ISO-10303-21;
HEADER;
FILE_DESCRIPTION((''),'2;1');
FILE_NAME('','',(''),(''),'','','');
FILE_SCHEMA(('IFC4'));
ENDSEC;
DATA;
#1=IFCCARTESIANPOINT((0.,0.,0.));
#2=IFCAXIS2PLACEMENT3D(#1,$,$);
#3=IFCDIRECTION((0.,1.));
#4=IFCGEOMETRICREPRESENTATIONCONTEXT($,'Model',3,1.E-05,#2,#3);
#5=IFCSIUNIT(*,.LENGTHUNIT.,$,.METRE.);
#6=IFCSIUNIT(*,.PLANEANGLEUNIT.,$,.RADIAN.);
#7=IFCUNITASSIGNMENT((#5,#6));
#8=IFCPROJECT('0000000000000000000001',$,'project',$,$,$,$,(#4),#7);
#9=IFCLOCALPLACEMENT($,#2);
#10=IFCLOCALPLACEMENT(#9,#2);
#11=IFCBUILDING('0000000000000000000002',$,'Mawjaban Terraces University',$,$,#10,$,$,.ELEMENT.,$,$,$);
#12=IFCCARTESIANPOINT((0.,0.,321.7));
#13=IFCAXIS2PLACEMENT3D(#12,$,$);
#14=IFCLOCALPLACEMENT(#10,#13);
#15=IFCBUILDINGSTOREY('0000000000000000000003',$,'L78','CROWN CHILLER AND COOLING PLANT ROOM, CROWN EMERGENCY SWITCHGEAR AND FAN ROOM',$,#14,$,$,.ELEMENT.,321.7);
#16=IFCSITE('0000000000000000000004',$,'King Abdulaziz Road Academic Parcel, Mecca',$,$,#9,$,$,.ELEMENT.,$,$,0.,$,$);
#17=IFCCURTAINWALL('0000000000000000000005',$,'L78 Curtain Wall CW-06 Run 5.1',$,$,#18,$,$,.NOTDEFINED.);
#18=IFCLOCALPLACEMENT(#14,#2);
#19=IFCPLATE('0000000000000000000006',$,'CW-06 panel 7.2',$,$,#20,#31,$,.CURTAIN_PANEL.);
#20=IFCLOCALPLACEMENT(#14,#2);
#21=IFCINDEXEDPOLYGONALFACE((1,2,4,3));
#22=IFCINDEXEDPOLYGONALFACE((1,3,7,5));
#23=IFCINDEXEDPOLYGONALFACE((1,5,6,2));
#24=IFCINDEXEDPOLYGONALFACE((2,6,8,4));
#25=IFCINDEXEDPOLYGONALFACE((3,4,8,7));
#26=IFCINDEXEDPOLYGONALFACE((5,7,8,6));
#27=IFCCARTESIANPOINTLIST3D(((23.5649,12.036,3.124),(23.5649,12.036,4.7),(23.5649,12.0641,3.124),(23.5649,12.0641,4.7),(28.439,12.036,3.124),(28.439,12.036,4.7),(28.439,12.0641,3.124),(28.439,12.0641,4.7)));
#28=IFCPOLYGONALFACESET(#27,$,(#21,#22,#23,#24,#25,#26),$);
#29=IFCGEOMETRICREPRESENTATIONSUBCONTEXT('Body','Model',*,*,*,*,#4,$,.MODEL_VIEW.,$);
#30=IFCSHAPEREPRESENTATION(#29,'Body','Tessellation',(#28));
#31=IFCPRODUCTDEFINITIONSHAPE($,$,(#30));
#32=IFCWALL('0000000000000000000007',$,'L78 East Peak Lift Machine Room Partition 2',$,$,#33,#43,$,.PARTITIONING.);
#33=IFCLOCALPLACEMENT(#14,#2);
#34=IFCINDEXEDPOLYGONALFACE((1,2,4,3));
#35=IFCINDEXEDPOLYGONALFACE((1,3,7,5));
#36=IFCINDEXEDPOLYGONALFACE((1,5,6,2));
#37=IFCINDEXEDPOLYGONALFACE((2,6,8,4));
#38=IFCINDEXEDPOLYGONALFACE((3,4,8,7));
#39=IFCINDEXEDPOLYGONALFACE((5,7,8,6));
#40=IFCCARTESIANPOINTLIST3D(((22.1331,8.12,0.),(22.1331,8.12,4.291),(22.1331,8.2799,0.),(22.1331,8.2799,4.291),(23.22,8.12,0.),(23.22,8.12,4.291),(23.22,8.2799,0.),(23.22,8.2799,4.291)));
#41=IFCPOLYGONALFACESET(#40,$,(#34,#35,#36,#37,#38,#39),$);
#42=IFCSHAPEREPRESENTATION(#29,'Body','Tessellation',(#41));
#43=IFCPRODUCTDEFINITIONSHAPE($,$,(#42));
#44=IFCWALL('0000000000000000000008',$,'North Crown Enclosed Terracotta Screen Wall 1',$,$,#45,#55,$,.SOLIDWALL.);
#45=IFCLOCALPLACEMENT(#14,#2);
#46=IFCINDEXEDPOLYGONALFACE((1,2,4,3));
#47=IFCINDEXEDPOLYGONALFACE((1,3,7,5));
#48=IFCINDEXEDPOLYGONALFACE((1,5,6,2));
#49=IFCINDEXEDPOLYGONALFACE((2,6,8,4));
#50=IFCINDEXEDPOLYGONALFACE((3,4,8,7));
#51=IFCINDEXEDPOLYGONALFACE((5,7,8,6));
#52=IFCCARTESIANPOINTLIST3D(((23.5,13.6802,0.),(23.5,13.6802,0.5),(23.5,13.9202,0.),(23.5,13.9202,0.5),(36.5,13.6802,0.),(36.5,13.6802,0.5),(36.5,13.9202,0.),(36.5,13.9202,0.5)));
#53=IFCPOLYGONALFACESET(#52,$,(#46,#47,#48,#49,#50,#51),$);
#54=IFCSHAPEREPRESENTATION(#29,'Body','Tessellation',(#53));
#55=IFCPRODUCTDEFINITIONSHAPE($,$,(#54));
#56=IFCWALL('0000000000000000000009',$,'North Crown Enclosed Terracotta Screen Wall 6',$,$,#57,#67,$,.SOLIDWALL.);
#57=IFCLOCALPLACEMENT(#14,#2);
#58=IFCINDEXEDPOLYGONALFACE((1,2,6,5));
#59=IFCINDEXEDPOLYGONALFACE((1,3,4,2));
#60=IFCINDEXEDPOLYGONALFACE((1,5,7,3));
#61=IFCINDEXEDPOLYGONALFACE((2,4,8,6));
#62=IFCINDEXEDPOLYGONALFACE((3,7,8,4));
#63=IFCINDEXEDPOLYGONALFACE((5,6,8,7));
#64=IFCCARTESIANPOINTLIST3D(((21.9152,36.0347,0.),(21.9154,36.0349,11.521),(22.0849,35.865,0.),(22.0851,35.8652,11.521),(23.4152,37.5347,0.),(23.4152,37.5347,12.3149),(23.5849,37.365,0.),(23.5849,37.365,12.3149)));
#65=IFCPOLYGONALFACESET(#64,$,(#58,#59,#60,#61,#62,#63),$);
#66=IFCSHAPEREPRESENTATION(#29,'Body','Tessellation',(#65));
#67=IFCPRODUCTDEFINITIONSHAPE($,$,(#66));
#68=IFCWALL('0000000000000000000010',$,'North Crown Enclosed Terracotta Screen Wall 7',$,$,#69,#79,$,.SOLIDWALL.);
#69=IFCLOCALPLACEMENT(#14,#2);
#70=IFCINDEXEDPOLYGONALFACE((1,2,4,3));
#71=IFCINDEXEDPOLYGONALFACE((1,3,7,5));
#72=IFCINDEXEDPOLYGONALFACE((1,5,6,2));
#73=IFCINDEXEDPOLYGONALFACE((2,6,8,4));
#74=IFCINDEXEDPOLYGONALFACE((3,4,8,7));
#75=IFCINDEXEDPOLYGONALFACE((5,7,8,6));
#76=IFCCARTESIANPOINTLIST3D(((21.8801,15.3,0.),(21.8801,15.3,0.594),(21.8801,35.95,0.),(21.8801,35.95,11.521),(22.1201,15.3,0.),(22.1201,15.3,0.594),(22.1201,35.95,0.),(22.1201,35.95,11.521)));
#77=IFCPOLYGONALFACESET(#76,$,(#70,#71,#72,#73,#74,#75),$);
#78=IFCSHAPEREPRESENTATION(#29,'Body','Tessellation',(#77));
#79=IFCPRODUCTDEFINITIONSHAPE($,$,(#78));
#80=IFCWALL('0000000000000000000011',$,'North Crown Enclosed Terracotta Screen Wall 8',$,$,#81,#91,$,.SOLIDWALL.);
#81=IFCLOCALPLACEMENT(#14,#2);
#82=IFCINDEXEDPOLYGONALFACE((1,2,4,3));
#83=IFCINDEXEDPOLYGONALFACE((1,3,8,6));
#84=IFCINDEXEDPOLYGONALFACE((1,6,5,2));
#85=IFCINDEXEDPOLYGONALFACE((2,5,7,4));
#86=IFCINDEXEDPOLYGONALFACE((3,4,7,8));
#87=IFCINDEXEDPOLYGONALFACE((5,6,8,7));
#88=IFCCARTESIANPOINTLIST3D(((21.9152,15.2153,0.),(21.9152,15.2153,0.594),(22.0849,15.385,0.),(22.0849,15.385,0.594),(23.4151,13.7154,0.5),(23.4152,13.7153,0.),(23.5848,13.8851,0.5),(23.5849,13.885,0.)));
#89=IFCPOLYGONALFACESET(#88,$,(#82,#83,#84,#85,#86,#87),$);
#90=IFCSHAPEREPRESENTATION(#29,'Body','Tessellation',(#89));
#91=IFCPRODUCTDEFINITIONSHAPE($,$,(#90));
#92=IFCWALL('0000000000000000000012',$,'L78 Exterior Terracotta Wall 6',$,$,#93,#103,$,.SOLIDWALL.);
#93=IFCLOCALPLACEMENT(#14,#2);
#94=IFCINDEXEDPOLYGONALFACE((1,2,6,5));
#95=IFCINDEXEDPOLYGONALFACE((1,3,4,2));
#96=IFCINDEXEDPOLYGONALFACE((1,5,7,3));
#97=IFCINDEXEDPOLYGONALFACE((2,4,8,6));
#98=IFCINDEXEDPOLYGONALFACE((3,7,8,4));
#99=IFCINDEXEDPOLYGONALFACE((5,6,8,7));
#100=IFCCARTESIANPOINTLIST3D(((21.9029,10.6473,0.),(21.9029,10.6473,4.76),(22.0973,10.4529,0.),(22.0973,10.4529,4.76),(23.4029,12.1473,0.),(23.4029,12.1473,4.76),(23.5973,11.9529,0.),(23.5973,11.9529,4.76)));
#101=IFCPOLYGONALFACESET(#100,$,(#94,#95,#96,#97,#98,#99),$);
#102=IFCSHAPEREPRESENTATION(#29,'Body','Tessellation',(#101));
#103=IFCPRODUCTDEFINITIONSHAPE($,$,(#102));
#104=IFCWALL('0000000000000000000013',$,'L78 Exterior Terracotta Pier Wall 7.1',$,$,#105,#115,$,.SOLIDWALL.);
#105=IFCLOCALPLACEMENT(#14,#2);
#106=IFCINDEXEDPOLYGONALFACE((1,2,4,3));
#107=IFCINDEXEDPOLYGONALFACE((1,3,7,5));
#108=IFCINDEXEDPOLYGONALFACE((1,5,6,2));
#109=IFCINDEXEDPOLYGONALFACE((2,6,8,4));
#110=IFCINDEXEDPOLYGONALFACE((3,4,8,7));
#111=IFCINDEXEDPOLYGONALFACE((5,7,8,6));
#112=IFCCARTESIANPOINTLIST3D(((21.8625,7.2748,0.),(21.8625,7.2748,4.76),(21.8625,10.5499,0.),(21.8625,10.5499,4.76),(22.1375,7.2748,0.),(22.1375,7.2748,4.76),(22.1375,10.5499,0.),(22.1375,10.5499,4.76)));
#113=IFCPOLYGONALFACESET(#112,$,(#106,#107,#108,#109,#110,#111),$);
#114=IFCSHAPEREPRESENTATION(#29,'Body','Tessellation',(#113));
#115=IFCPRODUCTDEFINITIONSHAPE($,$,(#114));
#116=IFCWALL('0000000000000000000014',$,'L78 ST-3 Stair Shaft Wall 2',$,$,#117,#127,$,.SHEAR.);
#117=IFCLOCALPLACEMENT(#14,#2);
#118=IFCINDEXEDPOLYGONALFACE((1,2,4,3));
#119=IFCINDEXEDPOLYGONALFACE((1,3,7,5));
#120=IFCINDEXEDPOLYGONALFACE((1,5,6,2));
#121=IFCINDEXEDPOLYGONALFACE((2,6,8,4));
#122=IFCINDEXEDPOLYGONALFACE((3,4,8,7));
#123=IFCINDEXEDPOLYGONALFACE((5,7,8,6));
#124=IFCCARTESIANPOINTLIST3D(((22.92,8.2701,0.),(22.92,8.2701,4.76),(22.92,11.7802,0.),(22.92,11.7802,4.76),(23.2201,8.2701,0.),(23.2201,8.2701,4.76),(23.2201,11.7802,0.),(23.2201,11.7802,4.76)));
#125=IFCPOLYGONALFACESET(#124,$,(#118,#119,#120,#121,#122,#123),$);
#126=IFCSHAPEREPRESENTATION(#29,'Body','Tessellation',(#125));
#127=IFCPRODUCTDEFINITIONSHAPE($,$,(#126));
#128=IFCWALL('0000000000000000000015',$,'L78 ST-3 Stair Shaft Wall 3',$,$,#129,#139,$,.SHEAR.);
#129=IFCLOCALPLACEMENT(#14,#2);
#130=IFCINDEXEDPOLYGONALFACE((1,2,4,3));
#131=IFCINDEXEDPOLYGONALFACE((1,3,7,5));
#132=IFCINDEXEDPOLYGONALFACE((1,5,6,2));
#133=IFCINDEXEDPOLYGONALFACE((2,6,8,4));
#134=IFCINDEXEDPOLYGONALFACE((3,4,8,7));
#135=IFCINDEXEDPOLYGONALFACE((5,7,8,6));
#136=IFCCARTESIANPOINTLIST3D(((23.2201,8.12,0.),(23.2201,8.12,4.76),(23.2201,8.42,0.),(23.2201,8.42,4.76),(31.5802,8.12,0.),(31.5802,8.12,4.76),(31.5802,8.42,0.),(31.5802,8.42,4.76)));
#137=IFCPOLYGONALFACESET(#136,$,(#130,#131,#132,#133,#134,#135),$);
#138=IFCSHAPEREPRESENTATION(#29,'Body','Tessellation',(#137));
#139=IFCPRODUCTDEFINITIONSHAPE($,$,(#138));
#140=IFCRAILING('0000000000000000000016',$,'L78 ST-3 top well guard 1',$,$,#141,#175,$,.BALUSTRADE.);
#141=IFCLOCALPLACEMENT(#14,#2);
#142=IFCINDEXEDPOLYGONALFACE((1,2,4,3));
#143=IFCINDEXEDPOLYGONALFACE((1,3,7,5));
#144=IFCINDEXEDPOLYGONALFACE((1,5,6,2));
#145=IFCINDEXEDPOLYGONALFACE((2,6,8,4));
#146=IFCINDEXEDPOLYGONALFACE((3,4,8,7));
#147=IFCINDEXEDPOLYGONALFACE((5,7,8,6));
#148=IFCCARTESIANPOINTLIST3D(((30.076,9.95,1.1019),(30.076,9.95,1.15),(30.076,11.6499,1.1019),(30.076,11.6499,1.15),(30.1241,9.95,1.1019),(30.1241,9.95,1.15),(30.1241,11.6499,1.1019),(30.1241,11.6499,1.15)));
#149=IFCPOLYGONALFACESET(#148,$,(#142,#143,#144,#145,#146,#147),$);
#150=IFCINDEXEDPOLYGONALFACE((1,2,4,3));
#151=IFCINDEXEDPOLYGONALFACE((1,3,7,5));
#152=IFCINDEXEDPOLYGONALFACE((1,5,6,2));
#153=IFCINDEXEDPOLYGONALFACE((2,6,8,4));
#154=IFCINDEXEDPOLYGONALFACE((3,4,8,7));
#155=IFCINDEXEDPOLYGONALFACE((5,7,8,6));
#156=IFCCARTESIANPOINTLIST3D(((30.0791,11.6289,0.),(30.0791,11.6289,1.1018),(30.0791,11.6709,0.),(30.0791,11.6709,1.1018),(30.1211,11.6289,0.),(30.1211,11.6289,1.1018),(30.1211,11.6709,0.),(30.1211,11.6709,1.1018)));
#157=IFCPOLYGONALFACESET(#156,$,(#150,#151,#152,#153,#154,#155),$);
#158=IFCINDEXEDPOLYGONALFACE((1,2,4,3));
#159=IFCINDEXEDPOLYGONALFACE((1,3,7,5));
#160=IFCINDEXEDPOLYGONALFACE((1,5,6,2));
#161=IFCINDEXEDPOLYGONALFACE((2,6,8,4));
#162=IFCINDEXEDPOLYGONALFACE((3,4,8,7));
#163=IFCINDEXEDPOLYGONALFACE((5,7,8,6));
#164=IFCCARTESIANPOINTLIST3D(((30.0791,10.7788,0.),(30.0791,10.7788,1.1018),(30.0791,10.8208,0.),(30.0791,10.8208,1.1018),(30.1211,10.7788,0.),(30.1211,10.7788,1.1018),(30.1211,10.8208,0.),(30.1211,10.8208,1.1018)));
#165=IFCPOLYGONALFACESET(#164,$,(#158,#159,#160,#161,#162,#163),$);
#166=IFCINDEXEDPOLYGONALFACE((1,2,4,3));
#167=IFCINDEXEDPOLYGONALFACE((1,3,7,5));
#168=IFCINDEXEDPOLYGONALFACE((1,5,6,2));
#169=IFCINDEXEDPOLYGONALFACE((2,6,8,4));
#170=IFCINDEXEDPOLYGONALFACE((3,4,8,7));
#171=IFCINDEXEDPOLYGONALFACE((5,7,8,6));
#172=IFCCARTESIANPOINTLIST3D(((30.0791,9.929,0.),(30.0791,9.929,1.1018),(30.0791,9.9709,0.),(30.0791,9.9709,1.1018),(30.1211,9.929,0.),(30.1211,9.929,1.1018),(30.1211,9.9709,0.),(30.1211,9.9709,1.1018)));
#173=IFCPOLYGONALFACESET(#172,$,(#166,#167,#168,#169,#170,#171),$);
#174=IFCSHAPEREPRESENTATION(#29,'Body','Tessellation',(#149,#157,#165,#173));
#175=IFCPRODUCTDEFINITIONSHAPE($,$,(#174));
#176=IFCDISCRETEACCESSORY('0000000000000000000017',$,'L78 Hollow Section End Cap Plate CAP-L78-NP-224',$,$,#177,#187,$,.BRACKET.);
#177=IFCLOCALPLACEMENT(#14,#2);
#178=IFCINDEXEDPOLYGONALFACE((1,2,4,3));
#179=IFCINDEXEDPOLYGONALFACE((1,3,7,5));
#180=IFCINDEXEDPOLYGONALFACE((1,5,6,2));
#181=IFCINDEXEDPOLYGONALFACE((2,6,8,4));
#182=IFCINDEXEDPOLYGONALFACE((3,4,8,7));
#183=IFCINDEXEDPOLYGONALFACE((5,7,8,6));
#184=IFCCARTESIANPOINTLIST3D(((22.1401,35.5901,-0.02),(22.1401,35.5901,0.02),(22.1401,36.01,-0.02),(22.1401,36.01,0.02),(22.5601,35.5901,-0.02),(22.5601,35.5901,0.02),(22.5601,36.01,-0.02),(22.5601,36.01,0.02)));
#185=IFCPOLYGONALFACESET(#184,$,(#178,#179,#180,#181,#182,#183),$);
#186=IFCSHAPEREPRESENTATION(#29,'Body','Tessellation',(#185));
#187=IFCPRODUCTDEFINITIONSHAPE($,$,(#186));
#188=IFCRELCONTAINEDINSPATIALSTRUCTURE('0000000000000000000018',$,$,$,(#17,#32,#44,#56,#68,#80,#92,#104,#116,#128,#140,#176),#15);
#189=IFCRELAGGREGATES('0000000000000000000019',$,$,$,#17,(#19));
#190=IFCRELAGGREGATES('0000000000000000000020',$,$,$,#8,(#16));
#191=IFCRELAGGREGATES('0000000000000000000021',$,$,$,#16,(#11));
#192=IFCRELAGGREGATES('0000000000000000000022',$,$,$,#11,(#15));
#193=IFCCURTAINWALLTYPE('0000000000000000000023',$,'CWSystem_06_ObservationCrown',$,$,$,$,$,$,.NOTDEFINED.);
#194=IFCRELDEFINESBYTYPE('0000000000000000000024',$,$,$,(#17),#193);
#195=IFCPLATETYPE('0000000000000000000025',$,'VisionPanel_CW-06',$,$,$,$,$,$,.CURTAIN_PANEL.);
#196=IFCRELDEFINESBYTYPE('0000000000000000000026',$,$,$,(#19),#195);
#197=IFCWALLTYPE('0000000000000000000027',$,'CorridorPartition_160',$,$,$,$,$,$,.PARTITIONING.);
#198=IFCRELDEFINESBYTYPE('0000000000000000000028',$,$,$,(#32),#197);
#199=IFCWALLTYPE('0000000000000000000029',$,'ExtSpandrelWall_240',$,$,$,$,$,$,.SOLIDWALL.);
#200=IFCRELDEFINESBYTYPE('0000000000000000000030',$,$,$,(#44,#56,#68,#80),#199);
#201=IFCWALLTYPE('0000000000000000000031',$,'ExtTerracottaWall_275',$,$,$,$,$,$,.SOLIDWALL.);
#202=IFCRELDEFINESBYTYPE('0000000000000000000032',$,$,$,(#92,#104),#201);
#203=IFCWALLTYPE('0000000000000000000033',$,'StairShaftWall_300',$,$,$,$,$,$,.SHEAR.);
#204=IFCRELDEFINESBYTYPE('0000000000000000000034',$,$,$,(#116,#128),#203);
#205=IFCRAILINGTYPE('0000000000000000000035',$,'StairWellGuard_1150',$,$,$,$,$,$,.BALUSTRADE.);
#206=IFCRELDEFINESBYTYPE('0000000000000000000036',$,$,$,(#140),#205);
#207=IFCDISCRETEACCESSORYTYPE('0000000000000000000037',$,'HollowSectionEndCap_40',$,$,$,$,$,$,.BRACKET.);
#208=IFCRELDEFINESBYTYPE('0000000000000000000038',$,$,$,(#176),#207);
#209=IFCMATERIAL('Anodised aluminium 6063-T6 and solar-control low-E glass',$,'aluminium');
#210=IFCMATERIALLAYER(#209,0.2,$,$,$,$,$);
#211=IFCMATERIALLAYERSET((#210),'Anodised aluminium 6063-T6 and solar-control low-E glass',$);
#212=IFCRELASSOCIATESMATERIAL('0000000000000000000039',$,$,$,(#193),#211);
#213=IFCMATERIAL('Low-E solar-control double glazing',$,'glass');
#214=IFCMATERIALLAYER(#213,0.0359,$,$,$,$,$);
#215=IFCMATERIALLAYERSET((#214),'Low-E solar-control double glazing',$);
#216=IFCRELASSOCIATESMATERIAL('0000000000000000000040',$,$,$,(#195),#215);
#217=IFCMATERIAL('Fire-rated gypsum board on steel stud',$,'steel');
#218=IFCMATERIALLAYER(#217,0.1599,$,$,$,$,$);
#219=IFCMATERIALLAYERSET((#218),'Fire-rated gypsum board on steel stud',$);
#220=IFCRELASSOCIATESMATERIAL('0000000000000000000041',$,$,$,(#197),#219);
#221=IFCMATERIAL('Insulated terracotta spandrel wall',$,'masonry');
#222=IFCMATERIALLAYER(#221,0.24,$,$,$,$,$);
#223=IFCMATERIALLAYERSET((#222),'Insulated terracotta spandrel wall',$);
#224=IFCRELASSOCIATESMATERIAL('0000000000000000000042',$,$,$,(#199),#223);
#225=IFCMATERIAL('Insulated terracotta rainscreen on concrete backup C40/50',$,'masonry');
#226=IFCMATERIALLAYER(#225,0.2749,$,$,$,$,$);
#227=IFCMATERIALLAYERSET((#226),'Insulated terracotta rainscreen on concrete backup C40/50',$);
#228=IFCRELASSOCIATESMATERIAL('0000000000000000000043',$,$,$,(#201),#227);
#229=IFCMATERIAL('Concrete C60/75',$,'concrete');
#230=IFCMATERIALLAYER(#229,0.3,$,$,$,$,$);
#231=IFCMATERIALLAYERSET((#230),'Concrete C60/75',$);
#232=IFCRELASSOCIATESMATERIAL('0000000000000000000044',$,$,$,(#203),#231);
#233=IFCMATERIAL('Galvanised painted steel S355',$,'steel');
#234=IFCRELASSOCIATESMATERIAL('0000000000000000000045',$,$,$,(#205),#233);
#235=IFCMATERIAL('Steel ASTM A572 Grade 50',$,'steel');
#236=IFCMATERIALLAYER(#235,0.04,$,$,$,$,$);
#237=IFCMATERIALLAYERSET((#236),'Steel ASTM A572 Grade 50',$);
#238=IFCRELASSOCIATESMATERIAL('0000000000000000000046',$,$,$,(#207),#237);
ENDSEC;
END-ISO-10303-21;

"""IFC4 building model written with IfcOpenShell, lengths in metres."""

from ifc_helpers import new_model, si_unit, direction, frame, frame_2d, origin, origin_2d, place, context, subcontext, project, spatial, polyline, rectangle, outline, extrude, material, layer, layer_set, type_object, element, aggregate, save


model = new_model("IFC4")

# Units and contexts
model_context = context("Model", 3, precision=1e-05, world=origin(), true_north=direction((0.0, 1.0)))
body_context = subcontext(model_context, "Body", "Model", "MODEL_VIEW")
ifc_project = project(units=[si_unit("LENGTHUNIT", "METRE"), si_unit("PLANEANGLEUNIT", "RADIAN")], contexts=[model_context])

# Site, building, storey
site_placement = place(None, origin())
site = spatial("IfcSite", under=ifc_project, at=site_placement, Name="King Abdulaziz Road Academic Parcel, Mecca", CompositionType="ELEMENT", RefElevation=0.0)
building_placement = place(site_placement, origin())
building = spatial("IfcBuilding", under=site, at=building_placement, Name="Mawjaban Terraces University", CompositionType="ELEMENT")
storey_placement = place(building_placement, frame((0.0, 0.0, 321.7)))
storey = spatial("IfcBuildingStorey", under=building, at=storey_placement, Name="L78", Description="CROWN CHILLER AND COOLING PLANT ROOM, CROWN EMERGENCY SWITCHGEAR AND FAN ROOM", CompositionType="ELEMENT", Elevation=321.7)

# Shared definitions
ifc_material_1 = material(Name="Steel ASTM A572 Grade 50", Category="steel")

# Curtain wall
ifc_material_2 = material(Name="Anodised aluminium 6063-T6 and solar-control low-E glass", Category="aluminium")
ifc_layer_1 = layer(ifc_material_2, 0.2)
ifc_layer_set_1 = layer_set([ifc_layer_1], Name="Anodised aluminium 6063-T6 and solar-control low-E glass")
curtain_wall_type = type_object("IfcCurtainWallType", Name="CWSystem_06_ObservationCrown", PredefinedType="NOTDEFINED", material=ifc_layer_set_1)
curtain_wall_1_placement = place(storey_placement, origin())
curtain_wall_1 = element("IfcCurtainWall", 1, at=curtain_wall_1_placement, inside=storey, type_object=curtain_wall_type, Name="L78 Curtain Wall CW-06 Run 5.1", PredefinedType="NOTDEFINED")

# Plate
ifc_material_3 = material(Name="Low-E solar-control double glazing", Category="glass")
ifc_layer_2 = layer(ifc_material_3, 0.0359)
ifc_layer_set_2 = layer_set([ifc_layer_2], Name="Low-E solar-control double glazing")
plate_type = type_object("IfcPlateType", Name="VisionPanel_CW-06", PredefinedType="CURTAIN_PANEL", material=ifc_layer_set_2)
plate_1_placement = place(storey_placement, frame((26.002, 12.05, 3.124), z_axis=(0.0, 0.0, 1.0), x_axis=(-1.0, 0.0, 0.0)))
plate_1 = element("IfcPlate", 2, at=plate_1_placement, type_object=plate_type, Name="CW-06 panel 7.2", PredefinedType="CURTAIN_PANEL", context=body_context, shape_type="SweptSolid", body=[
    extrude(rectangle(XDim=4.874, YDim=0.0281, at=origin_2d()), origin(), (0.0, 0.0, 1.0), 1.5759),
])
aggregate(curtain_wall_1, [plate_1])

# Walls
ifc_material_4 = material(Name="Fire-rated gypsum board on steel stud", Category="steel")
ifc_layer_3 = layer(ifc_material_4, 0.1599)
ifc_layer_set_3 = layer_set([ifc_layer_3], Name="Fire-rated gypsum board on steel stud")
wall_type_1 = type_object("IfcWallType", Name="CorridorPartition_160", PredefinedType="PARTITIONING", material=ifc_layer_set_3)
wall_1_placement = place(storey_placement, frame((23.22, 8.2, 0.0), z_axis=(0.0, 0.0, 1.0), x_axis=(-1.0, 0.0, 0.0)))
element("IfcWall", 3, at=wall_1_placement, inside=storey, type_object=wall_type_1, Name="L78 East Peak Lift Machine Room Partition 2", PredefinedType="PARTITIONING", context=body_context, shape_type="SweptSolid", body=[
    extrude(rectangle(XDim=1.0869, YDim=0.1599, at=frame_2d((0.5435, 0.0))), origin(), (0.0, 0.0, 1.0), 4.291),
])
ifc_material_5 = material(Name="Insulated terracotta spandrel wall", Category="masonry")
ifc_layer_4 = layer(ifc_material_5, 0.24)
ifc_layer_set_4 = layer_set([ifc_layer_4], Name="Insulated terracotta spandrel wall")
wall_type_2 = type_object("IfcWallType", Name="ExtSpandrelWall_240", PredefinedType="SOLIDWALL", material=ifc_layer_set_4)
wall_2_placement = place(storey_placement, frame((23.5, 13.8, 0.0), z_axis=(0.0, 0.0, 1.0), x_axis=(1.0, 0.0, 0.0)))
element("IfcWall", 4, at=wall_2_placement, inside=storey, type_object=wall_type_2, Name="North Crown Enclosed Terracotta Screen Wall 1", PredefinedType="SOLIDWALL", context=body_context, shape_type="SweptSolid", body=[
    extrude(outline(polyline([(0.0, 0.0), (13.0, 0.0), (13.0, 0.5), (0.0, 0.5), (0.0, 0.0)])), frame((0.0, 0.1201, 0.0), z_axis=(0.0, -1.0, 0.0), x_axis=(1.0, 0.0, 0.0)), (0.0, 0.0, 1.0), 0.24),
])
wall_3_placement = place(storey_placement, frame((23.5, 37.45, 0.0), z_axis=(0.0, 0.0, 1.0), x_axis=(-0.707107, -0.707107, 0.0)))
element("IfcWall", 5, at=wall_3_placement, inside=storey, type_object=wall_type_2, Name="North Crown Enclosed Terracotta Screen Wall 6", PredefinedType="SOLIDWALL", context=body_context, shape_type="SweptSolid", body=[
    extrude(outline(polyline([(0.0, 0.0), (2.1213, 0.0), (2.1211, 11.521), (0.0, 12.3149), (0.0, 0.0)])), frame((0.0, 0.1201, 0.0), z_axis=(0.0, -1.0, 0.0), x_axis=(1.0, 0.0, 0.0)), (0.0, 0.0, 1.0), 0.24),
])
wall_4_placement = place(storey_placement, frame((22.0, 35.95, 0.0), z_axis=(0.0, 0.0, 1.0), x_axis=(0.0, -1.0, 0.0)))
element("IfcWall", 6, at=wall_4_placement, inside=storey, type_object=wall_type_2, Name="North Crown Enclosed Terracotta Screen Wall 7", PredefinedType="SOLIDWALL", context=body_context, shape_type="SweptSolid", body=[
    extrude(outline(polyline([(0.0, 0.0), (20.6499, 0.0), (20.6499, 0.594), (0.0, 11.521), (0.0, 0.0)])), frame((0.0, 0.1201, 0.0), z_axis=(0.0, -1.0, 0.0), x_axis=(1.0, 0.0, 0.0)), (0.0, 0.0, 1.0), 0.24),
])
wall_5_placement = place(storey_placement, frame((22.0, 15.3, 0.0), z_axis=(0.0, 0.0, 1.0), x_axis=(0.707107, -0.707107, 0.0)))
element("IfcWall", 7, at=wall_5_placement, inside=storey, type_object=wall_type_2, Name="North Crown Enclosed Terracotta Screen Wall 8", PredefinedType="SOLIDWALL", context=body_context, shape_type="SweptSolid", body=[
    extrude(outline(polyline([(0.0, 0.0), (2.1213, 0.0), (2.1211, 0.5), (0.0, 0.594), (0.0, 0.0)])), frame((0.0, 0.1201, 0.0), z_axis=(0.0, -1.0, 0.0), x_axis=(1.0, 0.0, 0.0)), (0.0, 0.0, 1.0), 0.24),
])
ifc_material_6 = material(Name="Insulated terracotta rainscreen on concrete backup C40/50", Category="masonry")
ifc_layer_5 = layer(ifc_material_6, 0.2749)
ifc_layer_set_5 = layer_set([ifc_layer_5], Name="Insulated terracotta rainscreen on concrete backup C40/50")
wall_type_3 = type_object("IfcWallType", Name="ExtTerracottaWall_275", PredefinedType="SOLIDWALL", material=ifc_layer_set_5)
wall_6_placement = place(storey_placement, frame((23.5, 12.05, 0.0), z_axis=(0.0, 0.0, 1.0), x_axis=(-0.707107, -0.707107, 0.0)))
element("IfcWall", 8, at=wall_6_placement, inside=storey, type_object=wall_type_3, Name="L78 Exterior Terracotta Wall 6", PredefinedType="SOLIDWALL", context=body_context, shape_type="SweptSolid", body=[
    extrude(rectangle(XDim=2.1213, YDim=0.2749, at=frame_2d((1.0605, 0.0))), origin(), (0.0, 0.0, 1.0), 4.76),
])
wall_7_placement = place(storey_placement, frame((22.0, 10.55, 0.0), z_axis=(0.0, 0.0, 1.0), x_axis=(0.0, -1.0, 0.0)))
element("IfcWall", 9, at=wall_7_placement, inside=storey, type_object=wall_type_3, Name="L78 Exterior Terracotta Pier Wall 7.1", PredefinedType="SOLIDWALL", context=body_context, shape_type="SweptSolid", body=[
    extrude(rectangle(XDim=3.2751, YDim=0.2749, at=frame_2d((1.6377, 0.0))), origin(), (0.0, 0.0, 1.0), 4.76),
])
ifc_material_7 = material(Name="Concrete C60/75", Category="concrete")
ifc_layer_6 = layer(ifc_material_7, 0.3)
ifc_layer_set_6 = layer_set([ifc_layer_6], Name="Concrete C60/75")
wall_type_4 = type_object("IfcWallType", Name="StairShaftWall_300", PredefinedType="SHEAR", material=ifc_layer_set_6)
wall_8_placement = place(storey_placement, frame((23.0701, 11.78, 0.0), z_axis=(0.0, 0.0, 1.0), x_axis=(0.0, -1.0, 0.0)))
element("IfcWall", 10, at=wall_8_placement, inside=storey, type_object=wall_type_4, Name="L78 ST-3 Stair Shaft Wall 2", PredefinedType="SHEAR", context=body_context, shape_type="SweptSolid", body=[
    extrude(rectangle(XDim=3.51, YDim=0.3, at=frame_2d((1.7549, 0.0))), origin(), (0.0, 0.0, 1.0), 4.76),
])
wall_9_placement = place(storey_placement, frame((23.22, 8.27, 0.0), z_axis=(0.0, 0.0, 1.0), x_axis=(1.0, 0.0, 0.0)))
element("IfcWall", 11, at=wall_9_placement, inside=storey, type_object=wall_type_4, Name="L78 ST-3 Stair Shaft Wall 3", PredefinedType="SHEAR", context=body_context, shape_type="SweptSolid", body=[
    extrude(rectangle(XDim=8.3601, YDim=0.3, at=frame_2d((4.1802, 0.0))), origin(), (0.0, 0.0, 1.0), 4.76),
])

# Railing
ifc_material_8 = material(Name="Galvanised painted steel S355", Category="steel")
railing_type = type_object("IfcRailingType", Name="StairWellGuard_1150", PredefinedType="BALUSTRADE", material=ifc_material_8)
railing_placement = place(storey_placement, frame((30.1001, 11.6499, 0.0)))
element("IfcRailing", 12, at=railing_placement, inside=storey, type_object=railing_type, Name="L78 ST-3 top well guard 1", PredefinedType="BALUSTRADE", context=body_context, shape_type="SweptSolid", body=[
    extrude(rectangle(XDim=0.0481, YDim=0.0481, at=origin_2d()), frame((0.0, 0.0, 1.126), z_axis=(0.0, -1.0, 0.0), x_axis=(1.0, 0.0, 0.0)), (0.0, 0.0, 1.0), 1.7),
    extrude(rectangle(XDim=0.042, YDim=0.042, at=origin_2d()), origin(), (0.0, 0.0, 1.0), 1.1018),
    extrude(rectangle(XDim=0.042, YDim=0.042, at=origin_2d()), frame((0.0, -0.8501, 0.0)), (0.0, 0.0, 1.0), 1.1018),
    extrude(rectangle(XDim=0.042, YDim=0.042, at=origin_2d()), frame((0.0, -1.7, 0.0)), (0.0, 0.0, 1.0), 1.1018),
])

# Discrete accessory
ifc_layer_7 = layer(ifc_material_1, 0.04)
ifc_layer_set_7 = layer_set([ifc_layer_7], Name="Steel ASTM A572 Grade 50")
discrete_accessory_type = type_object("IfcDiscreteAccessoryType", Name="HollowSectionEndCap_40", PredefinedType="BRACKET", material=ifc_layer_set_7)
discrete_accessory_placement = place(storey_placement, frame((22.3501, 35.8, -0.02), z_axis=(0.0, 0.0, 1.0), x_axis=(1.0, 0.0, 0.0)))
element("IfcDiscreteAccessory", 13, at=discrete_accessory_placement, inside=storey, type_object=discrete_accessory_type, Name="L78 Hollow Section End Cap Plate CAP-L78-NP-224", PredefinedType="BRACKET", context=body_context, shape_type="SweptSolid", body=[
    extrude(rectangle(XDim=0.4199, YDim=0.4199, at=origin_2d()), origin(), (0.0, 0.0, 1.0), 0.04),
])

save(model, "model.ifc")
